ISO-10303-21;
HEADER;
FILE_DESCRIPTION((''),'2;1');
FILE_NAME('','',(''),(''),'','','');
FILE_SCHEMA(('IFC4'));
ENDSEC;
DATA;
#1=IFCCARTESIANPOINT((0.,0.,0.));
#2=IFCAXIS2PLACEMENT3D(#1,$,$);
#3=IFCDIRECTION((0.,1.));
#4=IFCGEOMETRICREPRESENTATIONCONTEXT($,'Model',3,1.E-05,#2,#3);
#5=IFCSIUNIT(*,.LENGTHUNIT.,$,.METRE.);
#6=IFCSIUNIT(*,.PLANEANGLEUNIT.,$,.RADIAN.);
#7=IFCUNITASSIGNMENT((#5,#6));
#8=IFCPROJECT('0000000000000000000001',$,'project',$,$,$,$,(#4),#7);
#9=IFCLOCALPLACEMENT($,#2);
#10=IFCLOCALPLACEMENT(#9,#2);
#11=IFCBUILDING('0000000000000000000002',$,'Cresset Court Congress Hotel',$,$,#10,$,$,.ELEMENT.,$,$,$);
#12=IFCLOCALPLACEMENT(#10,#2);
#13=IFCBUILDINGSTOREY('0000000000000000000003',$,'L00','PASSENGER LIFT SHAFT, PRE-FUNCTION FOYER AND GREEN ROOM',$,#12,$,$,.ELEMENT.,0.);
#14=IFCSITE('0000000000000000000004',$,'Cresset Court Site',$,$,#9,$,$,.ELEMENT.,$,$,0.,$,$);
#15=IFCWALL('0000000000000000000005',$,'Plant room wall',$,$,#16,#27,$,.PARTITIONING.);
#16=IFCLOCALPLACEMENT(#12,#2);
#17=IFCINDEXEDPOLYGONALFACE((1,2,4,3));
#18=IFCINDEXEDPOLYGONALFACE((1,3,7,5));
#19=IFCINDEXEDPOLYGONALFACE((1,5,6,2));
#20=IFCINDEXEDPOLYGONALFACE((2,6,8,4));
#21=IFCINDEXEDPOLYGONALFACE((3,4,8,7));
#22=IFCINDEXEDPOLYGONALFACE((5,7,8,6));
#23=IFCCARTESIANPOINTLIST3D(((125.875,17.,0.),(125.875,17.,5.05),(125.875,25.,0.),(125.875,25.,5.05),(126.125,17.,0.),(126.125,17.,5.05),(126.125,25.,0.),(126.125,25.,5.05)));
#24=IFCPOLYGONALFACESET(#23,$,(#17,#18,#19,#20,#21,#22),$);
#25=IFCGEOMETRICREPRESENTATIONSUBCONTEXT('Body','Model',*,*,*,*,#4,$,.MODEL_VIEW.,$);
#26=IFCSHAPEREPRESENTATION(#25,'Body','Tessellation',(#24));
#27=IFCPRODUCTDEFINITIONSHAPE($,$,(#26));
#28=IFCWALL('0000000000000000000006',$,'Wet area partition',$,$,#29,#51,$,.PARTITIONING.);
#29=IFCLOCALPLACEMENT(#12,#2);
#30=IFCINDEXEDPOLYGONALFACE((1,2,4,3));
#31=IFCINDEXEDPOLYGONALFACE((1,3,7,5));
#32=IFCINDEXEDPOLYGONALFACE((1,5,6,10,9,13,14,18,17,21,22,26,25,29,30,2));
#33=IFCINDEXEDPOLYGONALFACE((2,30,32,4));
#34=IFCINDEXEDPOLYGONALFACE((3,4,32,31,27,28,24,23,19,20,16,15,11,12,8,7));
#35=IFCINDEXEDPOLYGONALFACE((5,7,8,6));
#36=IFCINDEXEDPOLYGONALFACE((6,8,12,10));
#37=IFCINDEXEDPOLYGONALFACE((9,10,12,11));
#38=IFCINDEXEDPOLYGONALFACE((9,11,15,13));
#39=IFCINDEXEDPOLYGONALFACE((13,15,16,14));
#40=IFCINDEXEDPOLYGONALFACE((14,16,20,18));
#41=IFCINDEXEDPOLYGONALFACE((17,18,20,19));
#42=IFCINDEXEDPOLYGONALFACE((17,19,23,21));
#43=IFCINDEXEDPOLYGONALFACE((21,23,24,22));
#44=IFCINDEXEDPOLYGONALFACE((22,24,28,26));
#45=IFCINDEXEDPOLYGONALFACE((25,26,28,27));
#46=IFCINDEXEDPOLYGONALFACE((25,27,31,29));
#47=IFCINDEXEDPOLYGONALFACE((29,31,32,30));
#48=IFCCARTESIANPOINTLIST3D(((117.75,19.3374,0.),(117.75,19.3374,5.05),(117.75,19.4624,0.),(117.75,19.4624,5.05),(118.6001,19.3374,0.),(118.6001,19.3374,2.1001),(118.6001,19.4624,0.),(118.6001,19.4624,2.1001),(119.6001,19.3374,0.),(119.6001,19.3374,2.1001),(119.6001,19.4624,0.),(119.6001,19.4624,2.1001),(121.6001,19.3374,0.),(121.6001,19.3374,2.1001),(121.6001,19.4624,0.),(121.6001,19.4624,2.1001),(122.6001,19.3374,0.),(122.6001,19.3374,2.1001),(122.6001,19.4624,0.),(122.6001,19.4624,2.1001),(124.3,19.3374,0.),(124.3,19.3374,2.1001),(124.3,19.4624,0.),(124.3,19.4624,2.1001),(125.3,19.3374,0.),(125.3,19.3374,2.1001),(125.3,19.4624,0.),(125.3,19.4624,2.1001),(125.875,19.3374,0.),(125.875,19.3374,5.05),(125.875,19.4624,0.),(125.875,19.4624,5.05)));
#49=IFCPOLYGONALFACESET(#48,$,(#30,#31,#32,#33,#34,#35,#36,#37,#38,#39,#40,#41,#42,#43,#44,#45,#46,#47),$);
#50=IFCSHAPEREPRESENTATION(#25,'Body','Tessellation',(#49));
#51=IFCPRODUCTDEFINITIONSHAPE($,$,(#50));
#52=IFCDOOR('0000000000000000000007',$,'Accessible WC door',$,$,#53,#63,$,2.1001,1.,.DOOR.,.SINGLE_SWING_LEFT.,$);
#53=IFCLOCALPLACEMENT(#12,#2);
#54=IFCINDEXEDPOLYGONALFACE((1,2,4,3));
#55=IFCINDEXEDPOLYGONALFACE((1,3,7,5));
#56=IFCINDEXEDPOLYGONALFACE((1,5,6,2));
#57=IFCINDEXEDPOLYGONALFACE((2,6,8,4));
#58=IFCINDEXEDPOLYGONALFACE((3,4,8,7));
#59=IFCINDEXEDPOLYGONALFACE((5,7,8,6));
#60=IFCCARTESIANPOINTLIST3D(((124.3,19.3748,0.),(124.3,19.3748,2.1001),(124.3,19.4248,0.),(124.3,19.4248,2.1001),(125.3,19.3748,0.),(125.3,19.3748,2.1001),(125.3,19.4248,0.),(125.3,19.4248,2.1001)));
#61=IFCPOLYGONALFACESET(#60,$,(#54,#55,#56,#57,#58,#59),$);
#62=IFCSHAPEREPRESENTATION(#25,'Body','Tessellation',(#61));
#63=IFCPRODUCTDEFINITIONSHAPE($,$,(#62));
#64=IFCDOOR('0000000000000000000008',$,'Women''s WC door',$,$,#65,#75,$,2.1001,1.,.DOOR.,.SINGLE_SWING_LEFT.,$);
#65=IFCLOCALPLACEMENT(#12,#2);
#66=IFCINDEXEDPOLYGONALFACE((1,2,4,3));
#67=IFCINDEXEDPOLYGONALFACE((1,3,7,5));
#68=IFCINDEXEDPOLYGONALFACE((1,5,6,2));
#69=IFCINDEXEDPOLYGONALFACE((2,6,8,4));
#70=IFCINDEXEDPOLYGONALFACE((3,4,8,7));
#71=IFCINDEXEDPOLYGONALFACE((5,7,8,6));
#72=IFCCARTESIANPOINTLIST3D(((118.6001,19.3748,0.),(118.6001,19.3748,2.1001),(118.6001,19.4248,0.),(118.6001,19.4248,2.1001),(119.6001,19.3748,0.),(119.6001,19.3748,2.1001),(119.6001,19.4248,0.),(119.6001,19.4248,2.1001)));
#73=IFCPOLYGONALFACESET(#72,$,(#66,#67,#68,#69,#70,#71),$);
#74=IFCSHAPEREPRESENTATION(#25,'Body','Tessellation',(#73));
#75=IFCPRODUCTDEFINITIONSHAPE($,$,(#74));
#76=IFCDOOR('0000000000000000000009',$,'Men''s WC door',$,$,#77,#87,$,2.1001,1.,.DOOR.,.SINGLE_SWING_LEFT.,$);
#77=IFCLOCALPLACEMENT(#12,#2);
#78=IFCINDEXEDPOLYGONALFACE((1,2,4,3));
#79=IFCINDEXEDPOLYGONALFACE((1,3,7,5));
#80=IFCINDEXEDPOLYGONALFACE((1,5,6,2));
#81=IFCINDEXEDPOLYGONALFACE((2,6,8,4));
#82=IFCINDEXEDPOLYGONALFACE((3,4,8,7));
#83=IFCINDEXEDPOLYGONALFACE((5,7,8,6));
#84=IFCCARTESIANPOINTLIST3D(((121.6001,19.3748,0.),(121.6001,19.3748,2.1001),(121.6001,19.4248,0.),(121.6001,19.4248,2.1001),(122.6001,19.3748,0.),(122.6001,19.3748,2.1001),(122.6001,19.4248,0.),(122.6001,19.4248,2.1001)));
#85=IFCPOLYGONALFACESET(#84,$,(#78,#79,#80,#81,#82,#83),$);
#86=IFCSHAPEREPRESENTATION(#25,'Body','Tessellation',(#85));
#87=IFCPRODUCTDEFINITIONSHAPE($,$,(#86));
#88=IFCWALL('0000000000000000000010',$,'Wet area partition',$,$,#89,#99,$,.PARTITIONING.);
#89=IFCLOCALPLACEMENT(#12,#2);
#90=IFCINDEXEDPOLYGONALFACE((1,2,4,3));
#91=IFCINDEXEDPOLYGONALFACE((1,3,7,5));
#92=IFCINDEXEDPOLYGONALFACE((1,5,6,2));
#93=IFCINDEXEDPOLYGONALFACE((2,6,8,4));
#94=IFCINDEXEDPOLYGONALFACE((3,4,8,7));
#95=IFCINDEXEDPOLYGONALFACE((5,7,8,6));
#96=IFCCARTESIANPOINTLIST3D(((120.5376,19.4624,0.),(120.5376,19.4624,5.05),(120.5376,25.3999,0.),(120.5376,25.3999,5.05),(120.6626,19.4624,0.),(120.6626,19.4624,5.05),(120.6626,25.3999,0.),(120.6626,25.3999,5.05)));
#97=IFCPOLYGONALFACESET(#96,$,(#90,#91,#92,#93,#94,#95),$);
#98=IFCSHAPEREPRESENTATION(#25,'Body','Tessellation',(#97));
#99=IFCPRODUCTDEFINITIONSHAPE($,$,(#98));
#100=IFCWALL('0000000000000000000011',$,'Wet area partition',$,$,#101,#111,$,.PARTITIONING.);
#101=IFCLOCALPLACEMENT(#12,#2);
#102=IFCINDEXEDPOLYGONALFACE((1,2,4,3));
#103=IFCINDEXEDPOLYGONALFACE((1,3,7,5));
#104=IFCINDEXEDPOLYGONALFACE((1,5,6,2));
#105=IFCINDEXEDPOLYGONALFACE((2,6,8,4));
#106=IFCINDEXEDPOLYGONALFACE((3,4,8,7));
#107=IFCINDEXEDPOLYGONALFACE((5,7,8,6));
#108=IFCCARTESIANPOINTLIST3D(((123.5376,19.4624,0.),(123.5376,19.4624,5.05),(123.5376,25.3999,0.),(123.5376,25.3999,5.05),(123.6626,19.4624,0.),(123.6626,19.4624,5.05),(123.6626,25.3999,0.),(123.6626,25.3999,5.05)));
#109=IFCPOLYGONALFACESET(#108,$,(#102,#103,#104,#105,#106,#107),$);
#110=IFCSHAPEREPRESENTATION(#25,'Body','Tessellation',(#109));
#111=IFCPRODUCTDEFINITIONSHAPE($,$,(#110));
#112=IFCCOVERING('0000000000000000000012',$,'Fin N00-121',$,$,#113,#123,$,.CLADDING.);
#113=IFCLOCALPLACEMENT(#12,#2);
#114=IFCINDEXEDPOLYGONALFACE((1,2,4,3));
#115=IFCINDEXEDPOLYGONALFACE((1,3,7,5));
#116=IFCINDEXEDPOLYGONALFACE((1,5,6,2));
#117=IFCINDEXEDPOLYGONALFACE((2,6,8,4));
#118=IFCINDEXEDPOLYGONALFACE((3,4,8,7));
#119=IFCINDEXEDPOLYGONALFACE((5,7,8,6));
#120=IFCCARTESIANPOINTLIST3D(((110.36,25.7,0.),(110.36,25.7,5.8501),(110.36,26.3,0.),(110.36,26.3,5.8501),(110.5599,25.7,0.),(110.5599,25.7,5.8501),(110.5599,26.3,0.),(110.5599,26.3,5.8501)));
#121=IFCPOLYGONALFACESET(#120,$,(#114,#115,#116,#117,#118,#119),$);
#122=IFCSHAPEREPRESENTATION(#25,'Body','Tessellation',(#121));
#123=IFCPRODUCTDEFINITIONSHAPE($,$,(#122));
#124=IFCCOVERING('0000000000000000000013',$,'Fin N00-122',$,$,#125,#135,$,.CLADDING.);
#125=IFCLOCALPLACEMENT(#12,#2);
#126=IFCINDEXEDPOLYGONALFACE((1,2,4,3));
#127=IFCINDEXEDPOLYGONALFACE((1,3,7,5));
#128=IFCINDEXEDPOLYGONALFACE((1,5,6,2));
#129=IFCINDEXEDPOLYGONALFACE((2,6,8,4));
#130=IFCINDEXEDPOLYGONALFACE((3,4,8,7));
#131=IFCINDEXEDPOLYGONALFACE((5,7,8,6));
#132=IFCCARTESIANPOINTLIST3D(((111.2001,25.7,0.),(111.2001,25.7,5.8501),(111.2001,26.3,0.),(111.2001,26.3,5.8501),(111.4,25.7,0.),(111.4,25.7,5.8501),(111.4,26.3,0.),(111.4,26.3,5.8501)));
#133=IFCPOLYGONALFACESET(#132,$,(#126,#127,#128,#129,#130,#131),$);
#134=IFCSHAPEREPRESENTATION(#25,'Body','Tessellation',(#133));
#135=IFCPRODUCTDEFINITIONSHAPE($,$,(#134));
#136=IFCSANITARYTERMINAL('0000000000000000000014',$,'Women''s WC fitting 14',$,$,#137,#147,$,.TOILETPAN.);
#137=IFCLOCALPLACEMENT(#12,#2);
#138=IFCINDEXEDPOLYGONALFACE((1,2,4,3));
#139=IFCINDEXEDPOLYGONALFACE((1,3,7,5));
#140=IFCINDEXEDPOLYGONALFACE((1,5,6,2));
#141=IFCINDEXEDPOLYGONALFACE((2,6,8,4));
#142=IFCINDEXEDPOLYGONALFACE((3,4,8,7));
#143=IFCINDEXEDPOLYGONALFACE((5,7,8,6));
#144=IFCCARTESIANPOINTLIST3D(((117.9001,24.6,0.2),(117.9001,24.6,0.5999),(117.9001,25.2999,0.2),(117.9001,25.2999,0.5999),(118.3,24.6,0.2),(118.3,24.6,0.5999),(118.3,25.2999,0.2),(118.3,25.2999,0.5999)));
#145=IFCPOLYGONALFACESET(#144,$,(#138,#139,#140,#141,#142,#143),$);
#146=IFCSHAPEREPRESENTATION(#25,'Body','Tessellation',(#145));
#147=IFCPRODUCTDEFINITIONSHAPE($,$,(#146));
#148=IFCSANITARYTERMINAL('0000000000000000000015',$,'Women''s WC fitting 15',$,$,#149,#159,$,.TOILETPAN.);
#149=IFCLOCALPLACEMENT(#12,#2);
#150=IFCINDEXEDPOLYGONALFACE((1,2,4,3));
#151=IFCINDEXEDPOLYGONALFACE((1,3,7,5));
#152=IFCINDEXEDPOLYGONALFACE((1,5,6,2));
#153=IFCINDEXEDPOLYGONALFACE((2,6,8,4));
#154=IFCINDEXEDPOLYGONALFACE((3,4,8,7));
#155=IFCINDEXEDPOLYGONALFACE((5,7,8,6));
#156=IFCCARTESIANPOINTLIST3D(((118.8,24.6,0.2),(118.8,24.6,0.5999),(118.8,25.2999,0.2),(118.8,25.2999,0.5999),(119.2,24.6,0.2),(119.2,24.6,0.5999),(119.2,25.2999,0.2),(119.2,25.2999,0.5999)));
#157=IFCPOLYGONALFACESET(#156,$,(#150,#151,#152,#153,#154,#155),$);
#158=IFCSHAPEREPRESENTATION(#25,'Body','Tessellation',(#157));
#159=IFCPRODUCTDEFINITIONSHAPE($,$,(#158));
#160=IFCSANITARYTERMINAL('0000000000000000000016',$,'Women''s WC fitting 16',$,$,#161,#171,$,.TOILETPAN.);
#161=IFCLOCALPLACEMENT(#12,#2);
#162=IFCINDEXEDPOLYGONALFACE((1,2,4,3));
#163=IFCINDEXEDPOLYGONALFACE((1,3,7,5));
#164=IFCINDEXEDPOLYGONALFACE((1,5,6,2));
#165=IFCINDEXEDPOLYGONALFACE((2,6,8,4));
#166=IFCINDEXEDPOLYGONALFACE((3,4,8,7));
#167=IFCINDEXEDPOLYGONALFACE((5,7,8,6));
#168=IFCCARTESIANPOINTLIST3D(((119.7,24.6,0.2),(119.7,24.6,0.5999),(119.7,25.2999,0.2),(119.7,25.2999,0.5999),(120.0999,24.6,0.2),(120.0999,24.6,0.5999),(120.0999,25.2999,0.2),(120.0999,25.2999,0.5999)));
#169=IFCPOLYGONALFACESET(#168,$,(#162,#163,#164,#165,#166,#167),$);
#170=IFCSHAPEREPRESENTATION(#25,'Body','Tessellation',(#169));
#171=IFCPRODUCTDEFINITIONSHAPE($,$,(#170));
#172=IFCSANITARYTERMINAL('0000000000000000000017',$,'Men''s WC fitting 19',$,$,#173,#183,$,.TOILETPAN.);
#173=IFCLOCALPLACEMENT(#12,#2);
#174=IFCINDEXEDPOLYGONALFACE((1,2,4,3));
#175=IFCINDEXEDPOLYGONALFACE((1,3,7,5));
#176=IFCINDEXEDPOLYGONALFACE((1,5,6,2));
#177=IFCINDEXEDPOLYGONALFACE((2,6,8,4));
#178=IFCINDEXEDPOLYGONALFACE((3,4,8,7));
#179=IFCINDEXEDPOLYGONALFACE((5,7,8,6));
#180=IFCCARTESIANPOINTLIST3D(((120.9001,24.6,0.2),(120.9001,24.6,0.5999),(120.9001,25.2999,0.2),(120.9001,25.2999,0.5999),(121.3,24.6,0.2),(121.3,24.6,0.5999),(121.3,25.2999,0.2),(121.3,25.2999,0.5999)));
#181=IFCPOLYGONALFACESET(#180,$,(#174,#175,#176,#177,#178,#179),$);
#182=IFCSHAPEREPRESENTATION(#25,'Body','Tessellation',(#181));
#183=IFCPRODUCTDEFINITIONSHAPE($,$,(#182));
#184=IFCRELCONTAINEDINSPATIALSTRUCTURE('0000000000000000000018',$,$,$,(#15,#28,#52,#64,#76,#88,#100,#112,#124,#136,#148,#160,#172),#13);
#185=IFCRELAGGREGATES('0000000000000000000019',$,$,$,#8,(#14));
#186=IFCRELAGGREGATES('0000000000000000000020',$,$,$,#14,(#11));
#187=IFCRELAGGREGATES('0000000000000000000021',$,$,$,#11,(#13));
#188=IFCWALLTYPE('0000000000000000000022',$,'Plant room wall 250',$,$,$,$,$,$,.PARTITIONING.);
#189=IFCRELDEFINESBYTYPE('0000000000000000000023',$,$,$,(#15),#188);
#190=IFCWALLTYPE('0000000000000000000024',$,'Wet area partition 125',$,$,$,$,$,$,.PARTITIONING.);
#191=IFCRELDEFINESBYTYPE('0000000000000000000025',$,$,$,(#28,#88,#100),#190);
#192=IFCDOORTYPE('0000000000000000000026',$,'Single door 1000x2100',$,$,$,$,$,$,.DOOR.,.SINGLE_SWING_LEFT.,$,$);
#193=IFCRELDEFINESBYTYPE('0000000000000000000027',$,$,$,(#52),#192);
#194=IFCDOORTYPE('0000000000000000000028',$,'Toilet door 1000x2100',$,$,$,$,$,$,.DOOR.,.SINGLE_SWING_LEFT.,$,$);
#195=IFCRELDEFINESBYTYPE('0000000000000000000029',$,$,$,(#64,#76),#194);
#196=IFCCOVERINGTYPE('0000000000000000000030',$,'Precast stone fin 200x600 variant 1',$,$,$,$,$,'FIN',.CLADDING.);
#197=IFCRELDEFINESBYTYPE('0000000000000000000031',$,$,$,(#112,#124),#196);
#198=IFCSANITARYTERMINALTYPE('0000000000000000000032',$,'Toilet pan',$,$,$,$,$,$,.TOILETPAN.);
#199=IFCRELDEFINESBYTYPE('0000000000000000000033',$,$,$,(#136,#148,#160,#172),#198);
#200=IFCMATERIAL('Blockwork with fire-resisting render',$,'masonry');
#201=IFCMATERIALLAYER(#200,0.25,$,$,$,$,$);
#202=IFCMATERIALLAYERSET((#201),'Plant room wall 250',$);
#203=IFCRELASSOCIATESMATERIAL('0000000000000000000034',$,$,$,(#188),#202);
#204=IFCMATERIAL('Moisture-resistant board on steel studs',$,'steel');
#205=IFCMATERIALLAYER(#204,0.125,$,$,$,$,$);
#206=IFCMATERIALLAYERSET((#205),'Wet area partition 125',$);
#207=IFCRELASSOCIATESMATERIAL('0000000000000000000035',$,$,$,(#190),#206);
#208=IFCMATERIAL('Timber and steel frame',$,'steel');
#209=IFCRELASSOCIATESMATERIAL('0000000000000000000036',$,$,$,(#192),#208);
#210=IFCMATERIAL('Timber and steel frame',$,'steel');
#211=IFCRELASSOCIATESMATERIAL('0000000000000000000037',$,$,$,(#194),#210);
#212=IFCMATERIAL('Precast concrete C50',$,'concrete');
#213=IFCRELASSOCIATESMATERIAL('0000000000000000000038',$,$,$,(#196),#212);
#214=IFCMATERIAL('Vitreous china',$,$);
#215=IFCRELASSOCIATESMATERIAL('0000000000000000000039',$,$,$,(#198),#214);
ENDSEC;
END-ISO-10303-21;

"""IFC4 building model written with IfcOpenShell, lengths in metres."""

from ifc_helpers import new_model, si_unit, direction, frame, frame_2d, origin, origin_2d, place, context, subcontext, project, spatial, rectangle, extrude, material, layer, layer_set, type_object, element, fill, save


model = new_model("IFC4")

# Units and contexts
model_context = context("Model", 3, precision=1e-05, world=origin(), true_north=direction((0.0, 1.0)))
body_context = subcontext(model_context, "Body", "Model", "MODEL_VIEW")
ifc_project = project(units=[si_unit("LENGTHUNIT", "METRE"), si_unit("PLANEANGLEUNIT", "RADIAN")], contexts=[model_context])

# Site, building, storey
site_placement = place(None, origin())
site = spatial("IfcSite", under=ifc_project, at=site_placement, Name="Cresset Court Site", CompositionType="ELEMENT", RefElevation=0.0)
building_placement = place(site_placement, origin())
building = spatial("IfcBuilding", under=site, at=building_placement, Name="Cresset Court Congress Hotel", CompositionType="ELEMENT")
storey_placement = place(building_placement, origin())
storey = spatial("IfcBuildingStorey", under=building, at=storey_placement, Name="L00", Description="PASSENGER LIFT SHAFT, PRE-FUNCTION FOYER AND GREEN ROOM", CompositionType="ELEMENT", Elevation=0.0)

# Wall
ifc_material_1 = material(Name="Blockwork with fire-resisting render", Category="masonry")
ifc_layer_1 = layer(ifc_material_1, 0.25)
ifc_layer_set_1 = layer_set([ifc_layer_1], Name="Plant room wall 250")
wall_type_1 = type_object("IfcWallType", Name="Plant room wall 250", PredefinedType="PARTITIONING", material=ifc_layer_set_1)
wall_1_placement = place(storey_placement, frame((126.0, 17.0, 0.0), z_axis=(0.0, 0.0, 1.0), x_axis=(0.0, 1.0, 0.0)))
element("IfcWall", 1, at=wall_1_placement, inside=storey, type_object=wall_type_1, Name="Plant room wall", PredefinedType="PARTITIONING", context=body_context, shape_type="SweptSolid", body=[
    extrude(rectangle(XDim=8.0, YDim=0.25, at=frame_2d((4.0, 0.0))), origin(), (0.0, 0.0, 1.0), 5.05),
])

# Wall, openings, doors
ifc_material_2 = material(Name="Moisture-resistant board on steel studs", Category="steel")
ifc_layer_2 = layer(ifc_material_2, 0.125)
ifc_layer_set_2 = layer_set([ifc_layer_2], Name="Wet area partition 125")
wall_type_2 = type_object("IfcWallType", Name="Wet area partition 125", PredefinedType="PARTITIONING", material=ifc_layer_set_2)
wall_2_placement = place(storey_placement, frame((117.75, 19.3999, 0.0), z_axis=(0.0, 0.0, 1.0), x_axis=(1.0, 0.0, 0.0)))
wall_2 = element("IfcWall", 2, at=wall_2_placement, inside=storey, type_object=wall_type_2, Name="Wet area partition", PredefinedType="PARTITIONING", context=body_context, shape_type="SweptSolid", body=[
    extrude(rectangle(XDim=8.125, YDim=0.125, at=frame_2d((4.0625, 0.0))), origin(), (0.0, 0.0, 1.0), 5.05),
])
opening_1_placement = place(wall_2_placement, frame((0.8501, 0.0, 0.0)))
opening_1 = element("IfcOpeningElement", 3, at=opening_1_placement, cuts=wall_2, PredefinedType="OPENING", context=body_context, shape_type="SweptSolid", body=[
    extrude(rectangle(XDim=1.0, YDim=2.1001, at=frame_2d((0.5, 1.05))), frame((0.0, 0.0725, 0.0), z_axis=(0.0, -1.0, 0.0), x_axis=(1.0, 0.0, 0.0)), (0.0, 0.0, 1.0), 0.145),
])
opening_2_placement = place(wall_2_placement, frame((3.8501, 0.0, 0.0)))
opening_2 = element("IfcOpeningElement", 4, at=opening_2_placement, cuts=wall_2, PredefinedType="OPENING", context=body_context, shape_type="SweptSolid", body=[
    extrude(rectangle(XDim=1.0, YDim=2.1001, at=frame_2d((0.5, 1.05))), frame((0.0, 0.0725, 0.0), z_axis=(0.0, -1.0, 0.0), x_axis=(1.0, 0.0, 0.0)), (0.0, 0.0, 1.0), 0.145),
])
opening_3_placement = place(wall_2_placement, frame((6.55, 0.0, 0.0)))
opening_3 = element("IfcOpeningElement", 5, at=opening_3_placement, cuts=wall_2, PredefinedType="OPENING", context=body_context, shape_type="SweptSolid", body=[
    extrude(rectangle(XDim=1.0, YDim=2.1001, at=frame_2d((0.5, 1.05))), frame((0.0, 0.0725, 0.0), z_axis=(0.0, -1.0, 0.0), x_axis=(1.0, 0.0, 0.0)), (0.0, 0.0, 1.0), 0.145),
])
ifc_material_3 = material(Name="Timber and steel frame", Category="steel")
door_type_1 = type_object("IfcDoorType", Name="Single door 1000x2100", OperationType="SINGLE_SWING_LEFT", PredefinedType="DOOR", material=ifc_material_3)
door_1_placement = place(opening_3_placement, origin())
door_1 = element("IfcDoor", 6, at=door_1_placement, inside=storey, type_object=door_type_1, Name="Accessible WC door", OperationType="SINGLE_SWING_LEFT", OverallHeight=2.1001, OverallWidth=1.0, PredefinedType="DOOR", context=body_context, shape_type="SweptSolid", body=[
    extrude(rectangle(XDim=1.0, YDim=2.1001, at=frame_2d((0.5, 1.05))), frame((0.0, 0.0249, 0.0), z_axis=(0.0, -1.0, 0.0), x_axis=(1.0, 0.0, 0.0)), (0.0, 0.0, 1.0), 0.05),
])
fill(opening_3, door_1)
ifc_material_4 = material(Name="Timber and steel frame", Category="steel")
door_type_2 = type_object("IfcDoorType", Name="Toilet door 1000x2100", OperationType="SINGLE_SWING_LEFT", PredefinedType="DOOR", material=ifc_material_4)
door_2_placement = place(opening_1_placement, origin())
door_2 = element("IfcDoor", 7, at=door_2_placement, inside=storey, type_object=door_type_2, Name="Women's WC door", OperationType="SINGLE_SWING_LEFT", OverallHeight=2.1001, OverallWidth=1.0, PredefinedType="DOOR", context=body_context, shape_type="SweptSolid", body=[
    extrude(rectangle(XDim=1.0, YDim=2.1001, at=frame_2d((0.5, 1.05))), frame((0.0, 0.0249, 0.0), z_axis=(0.0, -1.0, 0.0), x_axis=(1.0, 0.0, 0.0)), (0.0, 0.0, 1.0), 0.05),
])
fill(opening_1, door_2)
door_3_placement = place(opening_2_placement, origin())
door_3 = element("IfcDoor", 8, at=door_3_placement, inside=storey, type_object=door_type_2, Name="Men's WC door", OperationType="SINGLE_SWING_LEFT", OverallHeight=2.1001, OverallWidth=1.0, PredefinedType="DOOR", context=body_context, shape_type="SweptSolid", body=[
    extrude(rectangle(XDim=1.0, YDim=2.1001, at=frame_2d((0.5, 1.05))), frame((0.0, 0.0249, 0.0), z_axis=(0.0, -1.0, 0.0), x_axis=(1.0, 0.0, 0.0)), (0.0, 0.0, 1.0), 0.05),
])
fill(opening_2, door_3)

# Walls
for number, where, z_axis, x_axis, name in (
    (9, (120.6001, 19.4624, 0.0), (0.0, 0.0, 1.0), (0.0, 1.0, 0.0), "Wet area partition"),
    (10, (123.6001, 19.4624, 0.0), (0.0, 0.0, 1.0), (0.0, 1.0, 0.0), "Wet area partition"),
):
    element("IfcWall", number, at=place(storey_placement, frame(where, z_axis=z_axis, x_axis=x_axis)), inside=storey, type_object=wall_type_2, Name=name, PredefinedType="PARTITIONING", context=body_context, shape_type="SweptSolid", body=[
        extrude(rectangle(XDim=5.9375, YDim=0.125, at=frame_2d((2.9688, 0.0))), origin(), (0.0, 0.0, 1.0), 5.05),
    ])

# Coverings
ifc_material_5 = material(Name="Precast concrete C50", Category="concrete")
covering_type = type_object("IfcCoveringType", Name="Precast stone fin 200x600 variant 1", ElementType="FIN", PredefinedType="CLADDING", material=ifc_material_5)
for number, where, z_axis, x_axis, name in (
    (11, (110.46, 26.0, 0.0), (0.0, 0.0, 1.0), (1.0, 0.0, 0.0), "Fin N00-121"),
    (12, (111.3, 26.0, 0.0), (0.0, 0.0, 1.0), (1.0, 0.0, 0.0), "Fin N00-122"),
):
    element("IfcCovering", number, at=place(storey_placement, frame(where, z_axis=z_axis, x_axis=x_axis)), inside=storey, type_object=covering_type, Name=name, PredefinedType="CLADDING", context=body_context, shape_type="SweptSolid", body=[
        extrude(rectangle(XDim=0.2, YDim=0.6001, at=origin_2d()), origin(), (0.0, 0.0, 1.0), 5.8501),
    ])

# Sanitary terminals
ifc_material_6 = material(Name="Vitreous china")
sanitary_terminal_type_1 = type_object("IfcSanitaryTerminalType", Name="Toilet pan", PredefinedType="TOILETPAN", material=ifc_material_6)
for number, where, z_axis, x_axis, name in (
    (13, (118.1001, 24.95, 0.2), (0.0, 0.0, 1.0), (1.0, 0.0, 0.0), "Women's WC fitting 14"),
    (14, (119.0, 24.95, 0.2), (0.0, 0.0, 1.0), (1.0, 0.0, 0.0), "Women's WC fitting 15"),
    (15, (119.8999, 24.95, 0.2), (0.0, 0.0, 1.0), (1.0, 0.0, 0.0), "Women's WC fitting 16"),
    (16, (121.1001, 24.95, 0.2), (0.0, 0.0, 1.0), (1.0, 0.0, 0.0), "Men's WC fitting 19"),
):
    element("IfcSanitaryTerminal", number, at=place(storey_placement, frame(where, z_axis=z_axis, x_axis=x_axis)), inside=storey, type_object=sanitary_terminal_type_1, Name=name, PredefinedType="TOILETPAN", context=body_context, shape_type="SweptSolid", body=[
        extrude(rectangle(XDim=0.3999, YDim=0.7, at=origin_2d()), origin(), (0.0, 0.0, 1.0), 0.3999),
    ])

save(model, "model.ifc")
